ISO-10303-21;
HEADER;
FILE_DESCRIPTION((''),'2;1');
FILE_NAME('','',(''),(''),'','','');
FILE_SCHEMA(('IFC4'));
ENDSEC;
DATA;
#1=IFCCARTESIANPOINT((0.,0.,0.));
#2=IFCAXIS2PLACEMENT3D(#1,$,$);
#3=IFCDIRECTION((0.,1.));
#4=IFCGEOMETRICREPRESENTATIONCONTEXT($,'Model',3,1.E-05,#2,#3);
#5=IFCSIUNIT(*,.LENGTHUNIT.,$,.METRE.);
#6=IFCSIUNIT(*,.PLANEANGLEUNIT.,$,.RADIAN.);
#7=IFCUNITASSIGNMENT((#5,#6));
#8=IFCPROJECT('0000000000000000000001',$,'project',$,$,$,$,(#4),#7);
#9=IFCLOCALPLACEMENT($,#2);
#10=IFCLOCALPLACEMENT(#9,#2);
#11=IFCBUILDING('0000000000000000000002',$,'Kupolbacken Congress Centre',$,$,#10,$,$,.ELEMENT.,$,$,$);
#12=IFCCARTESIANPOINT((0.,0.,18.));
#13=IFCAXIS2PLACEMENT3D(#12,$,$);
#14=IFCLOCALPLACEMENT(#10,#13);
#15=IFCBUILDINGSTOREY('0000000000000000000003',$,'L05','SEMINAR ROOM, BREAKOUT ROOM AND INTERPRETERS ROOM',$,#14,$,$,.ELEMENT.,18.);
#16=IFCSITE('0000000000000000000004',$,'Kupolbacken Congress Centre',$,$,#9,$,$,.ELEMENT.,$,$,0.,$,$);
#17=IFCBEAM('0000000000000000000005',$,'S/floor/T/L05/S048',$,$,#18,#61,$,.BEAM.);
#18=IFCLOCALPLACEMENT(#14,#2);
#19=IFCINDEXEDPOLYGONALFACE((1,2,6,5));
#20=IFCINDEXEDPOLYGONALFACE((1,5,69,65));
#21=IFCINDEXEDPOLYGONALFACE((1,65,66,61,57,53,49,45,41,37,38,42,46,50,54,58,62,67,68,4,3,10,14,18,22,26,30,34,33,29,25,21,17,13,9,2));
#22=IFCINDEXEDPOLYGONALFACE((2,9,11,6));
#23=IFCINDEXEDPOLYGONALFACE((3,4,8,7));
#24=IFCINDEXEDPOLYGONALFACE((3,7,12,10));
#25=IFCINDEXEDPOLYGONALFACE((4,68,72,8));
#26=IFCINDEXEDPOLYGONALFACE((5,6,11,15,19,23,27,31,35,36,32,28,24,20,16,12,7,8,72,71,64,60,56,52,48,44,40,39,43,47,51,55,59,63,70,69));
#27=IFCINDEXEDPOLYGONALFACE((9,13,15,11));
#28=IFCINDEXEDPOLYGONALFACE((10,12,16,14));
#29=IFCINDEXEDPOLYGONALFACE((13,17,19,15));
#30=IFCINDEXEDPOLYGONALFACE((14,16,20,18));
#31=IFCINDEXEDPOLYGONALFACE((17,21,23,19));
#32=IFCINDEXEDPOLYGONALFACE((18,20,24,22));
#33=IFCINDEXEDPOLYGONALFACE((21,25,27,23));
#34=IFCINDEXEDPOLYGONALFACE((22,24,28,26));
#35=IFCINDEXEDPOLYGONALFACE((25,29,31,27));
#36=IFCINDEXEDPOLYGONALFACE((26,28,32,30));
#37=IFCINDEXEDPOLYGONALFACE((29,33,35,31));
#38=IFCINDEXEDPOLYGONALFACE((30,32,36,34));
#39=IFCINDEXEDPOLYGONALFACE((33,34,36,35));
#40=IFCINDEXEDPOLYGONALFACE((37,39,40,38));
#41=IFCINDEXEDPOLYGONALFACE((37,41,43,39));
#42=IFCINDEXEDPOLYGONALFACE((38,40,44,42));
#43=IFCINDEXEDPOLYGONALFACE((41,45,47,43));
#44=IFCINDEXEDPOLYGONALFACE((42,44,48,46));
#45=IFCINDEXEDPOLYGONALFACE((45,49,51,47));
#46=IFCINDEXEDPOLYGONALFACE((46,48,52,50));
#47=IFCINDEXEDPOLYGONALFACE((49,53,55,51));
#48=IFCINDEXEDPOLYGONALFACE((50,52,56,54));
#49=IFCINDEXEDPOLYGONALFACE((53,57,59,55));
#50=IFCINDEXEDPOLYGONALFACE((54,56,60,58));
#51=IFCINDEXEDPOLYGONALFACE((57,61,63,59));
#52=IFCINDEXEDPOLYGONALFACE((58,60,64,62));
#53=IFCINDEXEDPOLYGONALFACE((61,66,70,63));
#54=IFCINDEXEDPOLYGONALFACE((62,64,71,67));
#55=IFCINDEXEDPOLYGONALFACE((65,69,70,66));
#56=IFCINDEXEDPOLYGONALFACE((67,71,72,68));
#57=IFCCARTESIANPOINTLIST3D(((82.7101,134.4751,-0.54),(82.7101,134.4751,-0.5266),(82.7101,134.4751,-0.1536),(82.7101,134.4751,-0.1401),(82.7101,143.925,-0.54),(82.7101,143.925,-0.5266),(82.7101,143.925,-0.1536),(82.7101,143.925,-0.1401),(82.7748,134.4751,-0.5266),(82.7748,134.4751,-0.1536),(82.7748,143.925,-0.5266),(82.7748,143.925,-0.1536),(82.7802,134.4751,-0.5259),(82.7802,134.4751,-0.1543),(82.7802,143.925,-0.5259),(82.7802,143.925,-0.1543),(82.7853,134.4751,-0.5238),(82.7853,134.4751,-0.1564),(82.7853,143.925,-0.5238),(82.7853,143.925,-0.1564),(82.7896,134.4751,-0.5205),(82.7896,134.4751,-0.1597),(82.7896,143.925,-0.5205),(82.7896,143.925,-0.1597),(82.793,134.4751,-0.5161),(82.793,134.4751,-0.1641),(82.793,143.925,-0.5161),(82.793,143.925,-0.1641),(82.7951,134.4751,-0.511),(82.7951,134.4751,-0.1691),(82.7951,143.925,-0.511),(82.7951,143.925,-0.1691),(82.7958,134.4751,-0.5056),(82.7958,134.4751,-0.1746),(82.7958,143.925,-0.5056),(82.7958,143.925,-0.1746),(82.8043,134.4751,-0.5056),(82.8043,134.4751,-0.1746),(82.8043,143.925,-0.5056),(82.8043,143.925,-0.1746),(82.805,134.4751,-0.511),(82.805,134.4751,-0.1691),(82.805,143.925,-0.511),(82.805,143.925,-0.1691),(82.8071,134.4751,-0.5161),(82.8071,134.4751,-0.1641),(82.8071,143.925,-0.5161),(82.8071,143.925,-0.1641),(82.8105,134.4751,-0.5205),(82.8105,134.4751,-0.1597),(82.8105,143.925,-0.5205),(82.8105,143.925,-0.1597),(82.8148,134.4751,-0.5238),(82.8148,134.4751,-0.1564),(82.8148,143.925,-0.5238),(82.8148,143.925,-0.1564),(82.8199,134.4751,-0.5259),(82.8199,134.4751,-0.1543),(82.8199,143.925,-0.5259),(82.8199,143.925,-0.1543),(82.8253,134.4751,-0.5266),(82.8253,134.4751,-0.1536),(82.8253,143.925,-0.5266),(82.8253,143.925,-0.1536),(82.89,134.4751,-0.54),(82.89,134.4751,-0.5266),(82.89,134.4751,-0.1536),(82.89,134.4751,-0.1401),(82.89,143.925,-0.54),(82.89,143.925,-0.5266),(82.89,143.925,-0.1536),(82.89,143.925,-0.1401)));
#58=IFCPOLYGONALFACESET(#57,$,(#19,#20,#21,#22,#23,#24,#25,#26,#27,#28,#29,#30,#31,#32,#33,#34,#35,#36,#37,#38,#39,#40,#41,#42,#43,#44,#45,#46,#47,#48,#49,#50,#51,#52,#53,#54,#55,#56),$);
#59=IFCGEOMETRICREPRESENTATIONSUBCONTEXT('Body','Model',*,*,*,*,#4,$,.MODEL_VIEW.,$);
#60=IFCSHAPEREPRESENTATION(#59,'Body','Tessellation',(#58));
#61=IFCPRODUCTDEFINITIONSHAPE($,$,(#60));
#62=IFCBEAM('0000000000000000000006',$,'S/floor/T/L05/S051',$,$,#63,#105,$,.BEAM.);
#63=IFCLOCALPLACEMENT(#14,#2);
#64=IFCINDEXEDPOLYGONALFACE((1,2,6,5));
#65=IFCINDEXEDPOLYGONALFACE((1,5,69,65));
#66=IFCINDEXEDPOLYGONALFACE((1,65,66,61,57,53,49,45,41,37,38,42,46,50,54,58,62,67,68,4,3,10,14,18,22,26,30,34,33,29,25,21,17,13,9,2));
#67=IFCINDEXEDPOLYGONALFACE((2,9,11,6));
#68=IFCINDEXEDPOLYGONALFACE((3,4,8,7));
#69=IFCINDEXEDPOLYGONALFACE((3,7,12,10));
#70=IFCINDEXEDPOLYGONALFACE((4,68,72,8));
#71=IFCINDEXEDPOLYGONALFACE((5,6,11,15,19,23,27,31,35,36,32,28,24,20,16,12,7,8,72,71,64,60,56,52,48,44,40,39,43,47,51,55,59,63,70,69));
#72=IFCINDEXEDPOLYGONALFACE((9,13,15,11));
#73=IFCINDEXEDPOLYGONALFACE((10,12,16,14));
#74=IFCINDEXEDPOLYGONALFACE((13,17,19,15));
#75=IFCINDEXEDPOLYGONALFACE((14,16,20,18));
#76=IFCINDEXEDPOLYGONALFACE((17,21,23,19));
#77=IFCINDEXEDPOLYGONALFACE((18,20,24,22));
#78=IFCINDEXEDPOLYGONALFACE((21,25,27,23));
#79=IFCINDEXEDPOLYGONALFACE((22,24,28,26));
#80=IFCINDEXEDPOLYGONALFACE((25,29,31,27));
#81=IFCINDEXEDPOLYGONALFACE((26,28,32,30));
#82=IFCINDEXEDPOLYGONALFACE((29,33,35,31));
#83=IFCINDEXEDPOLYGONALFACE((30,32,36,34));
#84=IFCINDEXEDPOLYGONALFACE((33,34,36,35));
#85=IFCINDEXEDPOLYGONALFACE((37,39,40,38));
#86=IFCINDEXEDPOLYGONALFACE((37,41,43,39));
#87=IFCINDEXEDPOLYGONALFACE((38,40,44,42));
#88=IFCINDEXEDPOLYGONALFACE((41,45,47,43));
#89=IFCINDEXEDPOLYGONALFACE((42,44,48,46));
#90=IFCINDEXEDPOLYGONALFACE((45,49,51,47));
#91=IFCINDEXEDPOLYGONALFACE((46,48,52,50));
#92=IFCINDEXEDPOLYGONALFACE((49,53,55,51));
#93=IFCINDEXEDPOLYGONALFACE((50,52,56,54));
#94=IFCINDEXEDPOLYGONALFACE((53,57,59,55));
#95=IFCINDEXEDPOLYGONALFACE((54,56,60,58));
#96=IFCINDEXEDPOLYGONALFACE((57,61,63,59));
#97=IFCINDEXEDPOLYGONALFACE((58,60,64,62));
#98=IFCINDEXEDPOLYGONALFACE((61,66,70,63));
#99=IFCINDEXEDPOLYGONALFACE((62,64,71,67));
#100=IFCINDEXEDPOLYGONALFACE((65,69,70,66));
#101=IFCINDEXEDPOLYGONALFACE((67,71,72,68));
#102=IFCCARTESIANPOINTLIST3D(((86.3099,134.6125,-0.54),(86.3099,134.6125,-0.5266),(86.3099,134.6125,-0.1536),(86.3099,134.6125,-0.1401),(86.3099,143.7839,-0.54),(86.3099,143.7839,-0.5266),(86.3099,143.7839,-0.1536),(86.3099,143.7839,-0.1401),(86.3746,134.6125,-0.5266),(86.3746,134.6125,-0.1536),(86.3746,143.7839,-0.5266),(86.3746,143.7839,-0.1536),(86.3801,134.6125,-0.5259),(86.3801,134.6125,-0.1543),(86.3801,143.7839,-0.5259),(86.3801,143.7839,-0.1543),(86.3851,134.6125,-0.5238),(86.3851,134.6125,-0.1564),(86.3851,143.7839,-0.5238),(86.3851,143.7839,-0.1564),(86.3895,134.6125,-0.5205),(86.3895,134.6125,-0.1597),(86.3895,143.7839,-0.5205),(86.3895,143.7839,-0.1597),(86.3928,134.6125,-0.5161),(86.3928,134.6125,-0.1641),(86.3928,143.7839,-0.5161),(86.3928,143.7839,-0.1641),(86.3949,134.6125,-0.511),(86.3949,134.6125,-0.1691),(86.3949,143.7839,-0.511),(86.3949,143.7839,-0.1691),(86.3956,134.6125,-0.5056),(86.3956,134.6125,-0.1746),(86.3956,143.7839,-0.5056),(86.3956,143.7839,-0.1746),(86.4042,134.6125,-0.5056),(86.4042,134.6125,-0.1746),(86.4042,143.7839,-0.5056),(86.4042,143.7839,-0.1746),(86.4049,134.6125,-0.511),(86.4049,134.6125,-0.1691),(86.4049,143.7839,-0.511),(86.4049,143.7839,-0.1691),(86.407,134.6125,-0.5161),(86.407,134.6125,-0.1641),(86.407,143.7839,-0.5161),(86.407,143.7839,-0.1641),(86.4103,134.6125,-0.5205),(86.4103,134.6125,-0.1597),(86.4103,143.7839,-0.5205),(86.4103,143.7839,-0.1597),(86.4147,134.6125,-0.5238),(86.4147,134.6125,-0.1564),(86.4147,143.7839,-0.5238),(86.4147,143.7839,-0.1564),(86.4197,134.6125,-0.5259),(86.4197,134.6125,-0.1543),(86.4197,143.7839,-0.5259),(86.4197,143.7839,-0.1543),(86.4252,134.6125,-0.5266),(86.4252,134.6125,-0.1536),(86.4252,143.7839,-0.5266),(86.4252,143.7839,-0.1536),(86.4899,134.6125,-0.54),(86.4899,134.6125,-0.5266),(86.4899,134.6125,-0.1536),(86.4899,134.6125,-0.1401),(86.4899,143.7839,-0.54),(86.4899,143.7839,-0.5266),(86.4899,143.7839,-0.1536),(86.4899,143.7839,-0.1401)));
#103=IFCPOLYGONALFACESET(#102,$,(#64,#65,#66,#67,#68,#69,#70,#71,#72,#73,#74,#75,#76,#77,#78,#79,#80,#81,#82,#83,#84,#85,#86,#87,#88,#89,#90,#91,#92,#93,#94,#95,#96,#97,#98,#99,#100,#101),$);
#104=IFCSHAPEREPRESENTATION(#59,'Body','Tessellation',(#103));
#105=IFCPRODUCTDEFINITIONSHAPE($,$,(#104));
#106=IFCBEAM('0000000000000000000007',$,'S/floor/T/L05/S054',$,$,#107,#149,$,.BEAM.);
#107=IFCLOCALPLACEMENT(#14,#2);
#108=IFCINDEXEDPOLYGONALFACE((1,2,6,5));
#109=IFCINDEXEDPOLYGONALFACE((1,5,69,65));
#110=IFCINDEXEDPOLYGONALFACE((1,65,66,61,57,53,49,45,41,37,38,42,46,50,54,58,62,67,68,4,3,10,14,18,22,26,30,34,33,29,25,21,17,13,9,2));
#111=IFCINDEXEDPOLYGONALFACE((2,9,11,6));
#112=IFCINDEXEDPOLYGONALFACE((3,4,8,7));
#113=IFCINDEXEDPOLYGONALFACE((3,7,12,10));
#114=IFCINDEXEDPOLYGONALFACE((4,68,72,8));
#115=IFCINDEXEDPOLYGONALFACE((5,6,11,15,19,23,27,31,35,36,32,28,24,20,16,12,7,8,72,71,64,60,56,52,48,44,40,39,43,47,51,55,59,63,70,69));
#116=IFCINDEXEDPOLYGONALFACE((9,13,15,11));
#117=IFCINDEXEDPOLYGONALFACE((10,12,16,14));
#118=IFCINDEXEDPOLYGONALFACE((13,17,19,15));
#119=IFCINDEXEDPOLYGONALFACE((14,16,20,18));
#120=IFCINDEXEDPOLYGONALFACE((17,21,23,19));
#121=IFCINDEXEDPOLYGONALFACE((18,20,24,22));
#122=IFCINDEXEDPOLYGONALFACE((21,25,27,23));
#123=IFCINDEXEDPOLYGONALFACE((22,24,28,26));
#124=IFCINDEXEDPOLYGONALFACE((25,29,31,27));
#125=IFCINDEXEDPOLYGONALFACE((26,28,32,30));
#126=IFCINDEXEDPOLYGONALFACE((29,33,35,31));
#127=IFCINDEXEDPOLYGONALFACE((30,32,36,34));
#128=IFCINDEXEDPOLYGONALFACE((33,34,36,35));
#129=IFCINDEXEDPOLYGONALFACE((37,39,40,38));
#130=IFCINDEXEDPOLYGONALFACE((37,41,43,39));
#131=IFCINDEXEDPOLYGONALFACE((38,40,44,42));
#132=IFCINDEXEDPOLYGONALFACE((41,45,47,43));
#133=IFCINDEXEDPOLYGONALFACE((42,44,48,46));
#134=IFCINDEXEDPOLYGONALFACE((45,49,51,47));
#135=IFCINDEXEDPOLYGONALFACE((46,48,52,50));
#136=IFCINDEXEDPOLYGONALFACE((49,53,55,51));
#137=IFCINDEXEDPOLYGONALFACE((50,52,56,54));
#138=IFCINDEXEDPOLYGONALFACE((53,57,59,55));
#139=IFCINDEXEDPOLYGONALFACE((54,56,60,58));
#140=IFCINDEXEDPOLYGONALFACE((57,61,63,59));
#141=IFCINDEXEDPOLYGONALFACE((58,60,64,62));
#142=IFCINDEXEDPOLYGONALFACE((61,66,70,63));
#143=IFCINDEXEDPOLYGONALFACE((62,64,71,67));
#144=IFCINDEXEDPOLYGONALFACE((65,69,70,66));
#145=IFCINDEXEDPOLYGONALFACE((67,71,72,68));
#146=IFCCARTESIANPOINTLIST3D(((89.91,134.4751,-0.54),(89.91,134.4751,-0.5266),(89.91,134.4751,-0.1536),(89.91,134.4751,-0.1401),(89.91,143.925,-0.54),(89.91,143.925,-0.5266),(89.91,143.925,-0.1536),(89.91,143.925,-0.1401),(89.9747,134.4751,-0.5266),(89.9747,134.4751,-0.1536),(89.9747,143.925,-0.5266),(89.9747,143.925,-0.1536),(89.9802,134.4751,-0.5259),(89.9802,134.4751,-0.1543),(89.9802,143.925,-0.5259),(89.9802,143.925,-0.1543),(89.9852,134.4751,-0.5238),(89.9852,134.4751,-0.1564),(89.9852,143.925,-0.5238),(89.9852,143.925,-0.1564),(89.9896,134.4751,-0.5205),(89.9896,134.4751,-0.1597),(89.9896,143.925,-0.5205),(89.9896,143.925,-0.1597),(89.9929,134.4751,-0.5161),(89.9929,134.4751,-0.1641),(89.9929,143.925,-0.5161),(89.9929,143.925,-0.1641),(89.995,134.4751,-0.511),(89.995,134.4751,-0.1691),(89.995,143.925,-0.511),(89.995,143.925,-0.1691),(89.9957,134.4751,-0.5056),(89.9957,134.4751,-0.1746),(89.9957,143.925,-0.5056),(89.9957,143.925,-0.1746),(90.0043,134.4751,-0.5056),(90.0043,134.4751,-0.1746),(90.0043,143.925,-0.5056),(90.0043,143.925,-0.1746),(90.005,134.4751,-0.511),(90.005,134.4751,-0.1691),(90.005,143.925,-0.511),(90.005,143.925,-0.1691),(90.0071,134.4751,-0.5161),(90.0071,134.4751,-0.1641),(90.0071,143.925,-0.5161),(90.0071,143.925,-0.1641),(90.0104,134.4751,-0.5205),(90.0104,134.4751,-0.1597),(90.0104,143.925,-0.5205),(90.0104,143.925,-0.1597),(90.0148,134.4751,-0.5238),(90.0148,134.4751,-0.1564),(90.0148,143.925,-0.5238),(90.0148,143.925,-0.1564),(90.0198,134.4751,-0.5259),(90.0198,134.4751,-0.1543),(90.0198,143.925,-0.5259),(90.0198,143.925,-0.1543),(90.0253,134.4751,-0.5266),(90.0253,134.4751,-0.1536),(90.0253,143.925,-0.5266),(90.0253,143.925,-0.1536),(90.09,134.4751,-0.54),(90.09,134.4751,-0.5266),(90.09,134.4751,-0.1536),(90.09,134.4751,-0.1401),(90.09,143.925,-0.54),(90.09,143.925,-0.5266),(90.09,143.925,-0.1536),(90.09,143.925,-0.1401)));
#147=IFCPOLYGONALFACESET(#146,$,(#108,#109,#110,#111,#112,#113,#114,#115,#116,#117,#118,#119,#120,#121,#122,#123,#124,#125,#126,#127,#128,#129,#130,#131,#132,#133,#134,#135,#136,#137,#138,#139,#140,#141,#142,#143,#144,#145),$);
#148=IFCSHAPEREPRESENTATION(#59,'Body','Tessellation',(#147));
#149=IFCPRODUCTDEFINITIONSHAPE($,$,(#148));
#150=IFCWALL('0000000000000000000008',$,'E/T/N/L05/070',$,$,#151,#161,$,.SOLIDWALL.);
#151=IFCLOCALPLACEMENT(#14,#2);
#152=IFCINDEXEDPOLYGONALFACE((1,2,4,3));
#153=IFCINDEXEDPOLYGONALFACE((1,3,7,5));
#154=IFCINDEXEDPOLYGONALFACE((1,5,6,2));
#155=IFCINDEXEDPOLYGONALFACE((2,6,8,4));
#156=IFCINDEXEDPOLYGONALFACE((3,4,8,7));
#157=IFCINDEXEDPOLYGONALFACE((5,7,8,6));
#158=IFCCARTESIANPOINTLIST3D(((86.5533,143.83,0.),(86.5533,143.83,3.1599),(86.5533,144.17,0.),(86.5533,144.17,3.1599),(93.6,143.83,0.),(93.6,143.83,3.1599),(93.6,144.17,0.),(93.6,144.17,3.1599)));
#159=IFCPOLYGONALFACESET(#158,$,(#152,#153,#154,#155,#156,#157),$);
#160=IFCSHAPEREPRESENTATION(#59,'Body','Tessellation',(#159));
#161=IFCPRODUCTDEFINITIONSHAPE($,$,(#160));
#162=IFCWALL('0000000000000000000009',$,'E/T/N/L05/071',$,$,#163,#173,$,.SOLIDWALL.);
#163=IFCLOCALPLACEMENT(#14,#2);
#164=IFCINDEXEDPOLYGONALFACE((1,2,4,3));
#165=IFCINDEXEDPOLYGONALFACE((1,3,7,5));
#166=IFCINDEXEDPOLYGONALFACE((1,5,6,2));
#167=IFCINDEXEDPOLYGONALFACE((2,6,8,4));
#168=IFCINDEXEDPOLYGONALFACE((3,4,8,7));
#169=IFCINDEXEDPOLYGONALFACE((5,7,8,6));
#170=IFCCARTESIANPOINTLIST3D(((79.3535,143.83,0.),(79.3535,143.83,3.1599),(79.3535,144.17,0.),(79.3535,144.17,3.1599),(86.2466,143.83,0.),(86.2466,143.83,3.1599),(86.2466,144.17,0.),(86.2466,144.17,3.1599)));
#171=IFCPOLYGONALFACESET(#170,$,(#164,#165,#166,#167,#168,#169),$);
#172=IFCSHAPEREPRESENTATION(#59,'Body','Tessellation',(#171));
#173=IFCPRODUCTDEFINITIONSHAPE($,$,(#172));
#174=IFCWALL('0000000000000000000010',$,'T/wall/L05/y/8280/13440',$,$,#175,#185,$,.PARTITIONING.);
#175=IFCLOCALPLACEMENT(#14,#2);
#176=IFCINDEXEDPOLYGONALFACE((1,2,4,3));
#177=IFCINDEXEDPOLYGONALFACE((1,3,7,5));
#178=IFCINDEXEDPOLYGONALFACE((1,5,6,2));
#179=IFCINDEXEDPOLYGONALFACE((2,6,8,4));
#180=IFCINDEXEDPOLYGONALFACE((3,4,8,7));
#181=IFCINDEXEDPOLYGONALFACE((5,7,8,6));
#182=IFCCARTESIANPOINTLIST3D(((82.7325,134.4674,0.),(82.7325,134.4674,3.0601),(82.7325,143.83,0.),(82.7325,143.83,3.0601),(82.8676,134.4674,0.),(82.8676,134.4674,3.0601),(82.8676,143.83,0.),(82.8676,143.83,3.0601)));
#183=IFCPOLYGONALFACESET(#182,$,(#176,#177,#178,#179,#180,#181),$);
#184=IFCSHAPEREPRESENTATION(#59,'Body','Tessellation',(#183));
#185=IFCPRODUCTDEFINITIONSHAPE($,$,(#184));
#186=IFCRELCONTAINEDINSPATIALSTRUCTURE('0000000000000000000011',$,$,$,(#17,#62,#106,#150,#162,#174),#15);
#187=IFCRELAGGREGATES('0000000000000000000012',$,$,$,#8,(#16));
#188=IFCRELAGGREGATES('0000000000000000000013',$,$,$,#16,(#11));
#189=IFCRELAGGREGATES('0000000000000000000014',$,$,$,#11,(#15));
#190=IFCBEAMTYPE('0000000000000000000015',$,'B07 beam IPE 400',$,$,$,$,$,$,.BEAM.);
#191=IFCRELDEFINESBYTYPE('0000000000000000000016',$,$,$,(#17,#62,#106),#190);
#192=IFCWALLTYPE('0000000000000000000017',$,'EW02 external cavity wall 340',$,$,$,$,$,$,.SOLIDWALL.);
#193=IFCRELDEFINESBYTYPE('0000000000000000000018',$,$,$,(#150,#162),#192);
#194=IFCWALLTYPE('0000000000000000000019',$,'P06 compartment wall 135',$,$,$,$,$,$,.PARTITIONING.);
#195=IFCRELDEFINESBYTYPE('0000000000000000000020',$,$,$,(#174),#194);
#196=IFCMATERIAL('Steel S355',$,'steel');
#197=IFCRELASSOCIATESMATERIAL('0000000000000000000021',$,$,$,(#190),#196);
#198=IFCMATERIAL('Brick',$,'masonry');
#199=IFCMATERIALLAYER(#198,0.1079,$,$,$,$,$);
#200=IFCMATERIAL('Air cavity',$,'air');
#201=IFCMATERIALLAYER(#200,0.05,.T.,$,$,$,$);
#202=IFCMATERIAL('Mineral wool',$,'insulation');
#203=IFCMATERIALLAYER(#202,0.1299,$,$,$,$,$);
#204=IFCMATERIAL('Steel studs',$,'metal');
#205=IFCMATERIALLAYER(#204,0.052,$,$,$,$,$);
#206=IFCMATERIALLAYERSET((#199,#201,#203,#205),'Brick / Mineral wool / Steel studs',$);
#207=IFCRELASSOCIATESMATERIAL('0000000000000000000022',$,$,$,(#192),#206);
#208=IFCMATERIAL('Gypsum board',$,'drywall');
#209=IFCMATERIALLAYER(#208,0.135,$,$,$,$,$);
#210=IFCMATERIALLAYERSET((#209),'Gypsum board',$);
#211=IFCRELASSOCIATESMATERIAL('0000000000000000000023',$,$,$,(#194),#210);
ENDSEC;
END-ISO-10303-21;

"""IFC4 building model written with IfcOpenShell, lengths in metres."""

from ifc_helpers import new_model, si_unit, direction, frame, frame_2d, origin, origin_2d, place, context, subcontext, project, spatial, rectangle, i_section, extrude, material, layer, layer_set, material_profile, profile_set, type_object, element, save


model = new_model("IFC4")

# Units and contexts
model_context = context("Model", 3, precision=1e-05, world=origin(), true_north=direction((0.0, 1.0)))
body_context = subcontext(model_context, "Body", "Model", "MODEL_VIEW")
ifc_project = project(units=[si_unit("LENGTHUNIT", "METRE"), si_unit("PLANEANGLEUNIT", "RADIAN")], contexts=[model_context])

# Site, building, storey
site_placement = place(None, origin())
site = spatial("IfcSite", under=ifc_project, at=site_placement, Name="Kupolbacken Congress Centre", CompositionType="ELEMENT", RefElevation=0.0)
building_placement = place(site_placement, origin())
building = spatial("IfcBuilding", under=site, at=building_placement, Name="Kupolbacken Congress Centre", CompositionType="ELEMENT")
storey_placement = place(building_placement, frame((0.0, 0.0, 18.0)))
storey = spatial("IfcBuildingStorey", under=building, at=storey_placement, Name="L05", Description="SEMINAR ROOM, BREAKOUT ROOM AND INTERPRETERS ROOM", CompositionType="ELEMENT", Elevation=18.0)

# Beams
ifc_material_1 = material(Name="Steel S355", Category="steel")
ifc_material_profile_1 = material_profile(ifc_material_1, i_section(OverallWidth=0.1799, OverallDepth=0.3999, WebThickness=0.0085, FlangeThickness=0.0134, FilletRadius=0.021, at=origin_2d()), Name="IPE 400")
ifc_profile_set_1 = profile_set([ifc_material_profile_1], Name="Steel S355")
beam_type_1 = type_object("IfcBeamType", Name="B07 beam IPE 400", PredefinedType="BEAM", material=ifc_profile_set_1)
beam_1_placement = place(storey_placement, frame((82.8, 134.4751, -0.3401), z_axis=(0.0, 1.0, 0.0), x_axis=(-1.0, 0.0, 0.0)))
element("IfcBeam", 1, at=beam_1_placement, inside=storey, type_object=beam_type_1, Name="S/floor/T/L05/S048", PredefinedType="BEAM", context=body_context, shape_type="SweptSolid", body=[
    extrude(i_section(OverallWidth=0.1799, OverallDepth=0.3999, WebThickness=0.0085, FlangeThickness=0.0134, FilletRadius=0.021, at=origin_2d()), origin(), (0.0, 0.0, 1.0), 9.45),
])
beam_2_placement = place(storey_placement, frame((86.3999, 134.6125, -0.3401), z_axis=(0.0, 1.0, 0.0), x_axis=(-1.0, 0.0, 0.0)))
element("IfcBeam", 2, at=beam_2_placement, inside=storey, type_object=beam_type_1, Name="S/floor/T/L05/S051", PredefinedType="BEAM", context=body_context, shape_type="SweptSolid", body=[
    extrude(i_section(OverallWidth=0.1799, OverallDepth=0.3999, WebThickness=0.0085, FlangeThickness=0.0134, FilletRadius=0.021, at=origin_2d()), origin(), (0.0, 0.0, 1.0), 9.1714),
])
beam_3_placement = place(storey_placement, frame((90.0, 134.4751, -0.3401), z_axis=(0.0, 1.0, 0.0), x_axis=(-1.0, 0.0, 0.0)))
element("IfcBeam", 3, at=beam_3_placement, inside=storey, type_object=beam_type_1, Name="S/floor/T/L05/S054", PredefinedType="BEAM", context=body_context, shape_type="SweptSolid", body=[
    extrude(i_section(OverallWidth=0.1799, OverallDepth=0.3999, WebThickness=0.0085, FlangeThickness=0.0134, FilletRadius=0.021, at=origin_2d()), origin(), (0.0, 0.0, 1.0), 9.45),
])

# Walls
ifc_material_2 = material(Name="Brick", Category="masonry")
ifc_layer_1 = layer(ifc_material_2, 0.1079)
ifc_material_3 = material(Name="Air cavity", Category="air")
ifc_layer_2 = layer(ifc_material_3, 0.05, ventilated=True)
ifc_material_4 = material(Name="Mineral wool", Category="insulation")
ifc_layer_3 = layer(ifc_material_4, 0.1299)
ifc_material_5 = material(Name="Steel studs", Category="metal")
ifc_layer_4 = layer(ifc_material_5, 0.052)
ifc_layer_set_1 = layer_set([ifc_layer_1, ifc_layer_2, ifc_layer_3, ifc_layer_4], Name="Brick / Mineral wool / Steel studs")
wall_type_1 = type_object("IfcWallType", Name="EW02 external cavity wall 340", PredefinedType="SOLIDWALL", material=ifc_layer_set_1)
wall_1_placement = place(storey_placement, frame((93.6001, 144.0, 0.0), z_axis=(0.0, 0.0, 1.0), x_axis=(-1.0, 0.0, 0.0)))
element("IfcWall", 4, at=wall_1_placement, inside=storey, type_object=wall_type_1, Name="E/T/N/L05/070", PredefinedType="SOLIDWALL", context=body_context, shape_type="SweptSolid", body=[
    extrude(rectangle(XDim=7.0466, YDim=0.3401, at=frame_2d((3.5234, 0.0))), origin(), (0.0, 0.0, 1.0), 3.1599),
])
wall_2_placement = place(storey_placement, frame((86.2466, 144.0, 0.0), z_axis=(0.0, 0.0, 1.0), x_axis=(-1.0, 0.0, 0.0)))
element("IfcWall", 5, at=wall_2_placement, inside=storey, type_object=wall_type_1, Name="E/T/N/L05/071", PredefinedType="SOLIDWALL", context=body_context, shape_type="SweptSolid", body=[
    extrude(rectangle(XDim=6.8931, YDim=0.3401, at=frame_2d((3.4465, 0.0))), origin(), (0.0, 0.0, 1.0), 3.1599),
])
ifc_material_6 = material(Name="Gypsum board", Category="drywall")
ifc_layer_5 = layer(ifc_material_6, 0.135)
ifc_layer_set_2 = layer_set([ifc_layer_5], Name="Gypsum board")
wall_type_2 = type_object("IfcWallType", Name="P06 compartment wall 135", PredefinedType="PARTITIONING", material=ifc_layer_set_2)
wall_3_placement = place(storey_placement, frame((82.8, 134.4675, 0.0), z_axis=(0.0, 0.0, 1.0), x_axis=(0.0, 1.0, 0.0)))
element("IfcWall", 6, at=wall_3_placement, inside=storey, type_object=wall_type_2, Name="T/wall/L05/y/8280/13440", PredefinedType="PARTITIONING", context=body_context, shape_type="SweptSolid", body=[
    extrude(rectangle(XDim=9.3625, YDim=0.135, at=frame_2d((4.6812, 0.0))), origin(), (0.0, 0.0, 1.0), 3.0601),
])

save(model, "model.ifc")
